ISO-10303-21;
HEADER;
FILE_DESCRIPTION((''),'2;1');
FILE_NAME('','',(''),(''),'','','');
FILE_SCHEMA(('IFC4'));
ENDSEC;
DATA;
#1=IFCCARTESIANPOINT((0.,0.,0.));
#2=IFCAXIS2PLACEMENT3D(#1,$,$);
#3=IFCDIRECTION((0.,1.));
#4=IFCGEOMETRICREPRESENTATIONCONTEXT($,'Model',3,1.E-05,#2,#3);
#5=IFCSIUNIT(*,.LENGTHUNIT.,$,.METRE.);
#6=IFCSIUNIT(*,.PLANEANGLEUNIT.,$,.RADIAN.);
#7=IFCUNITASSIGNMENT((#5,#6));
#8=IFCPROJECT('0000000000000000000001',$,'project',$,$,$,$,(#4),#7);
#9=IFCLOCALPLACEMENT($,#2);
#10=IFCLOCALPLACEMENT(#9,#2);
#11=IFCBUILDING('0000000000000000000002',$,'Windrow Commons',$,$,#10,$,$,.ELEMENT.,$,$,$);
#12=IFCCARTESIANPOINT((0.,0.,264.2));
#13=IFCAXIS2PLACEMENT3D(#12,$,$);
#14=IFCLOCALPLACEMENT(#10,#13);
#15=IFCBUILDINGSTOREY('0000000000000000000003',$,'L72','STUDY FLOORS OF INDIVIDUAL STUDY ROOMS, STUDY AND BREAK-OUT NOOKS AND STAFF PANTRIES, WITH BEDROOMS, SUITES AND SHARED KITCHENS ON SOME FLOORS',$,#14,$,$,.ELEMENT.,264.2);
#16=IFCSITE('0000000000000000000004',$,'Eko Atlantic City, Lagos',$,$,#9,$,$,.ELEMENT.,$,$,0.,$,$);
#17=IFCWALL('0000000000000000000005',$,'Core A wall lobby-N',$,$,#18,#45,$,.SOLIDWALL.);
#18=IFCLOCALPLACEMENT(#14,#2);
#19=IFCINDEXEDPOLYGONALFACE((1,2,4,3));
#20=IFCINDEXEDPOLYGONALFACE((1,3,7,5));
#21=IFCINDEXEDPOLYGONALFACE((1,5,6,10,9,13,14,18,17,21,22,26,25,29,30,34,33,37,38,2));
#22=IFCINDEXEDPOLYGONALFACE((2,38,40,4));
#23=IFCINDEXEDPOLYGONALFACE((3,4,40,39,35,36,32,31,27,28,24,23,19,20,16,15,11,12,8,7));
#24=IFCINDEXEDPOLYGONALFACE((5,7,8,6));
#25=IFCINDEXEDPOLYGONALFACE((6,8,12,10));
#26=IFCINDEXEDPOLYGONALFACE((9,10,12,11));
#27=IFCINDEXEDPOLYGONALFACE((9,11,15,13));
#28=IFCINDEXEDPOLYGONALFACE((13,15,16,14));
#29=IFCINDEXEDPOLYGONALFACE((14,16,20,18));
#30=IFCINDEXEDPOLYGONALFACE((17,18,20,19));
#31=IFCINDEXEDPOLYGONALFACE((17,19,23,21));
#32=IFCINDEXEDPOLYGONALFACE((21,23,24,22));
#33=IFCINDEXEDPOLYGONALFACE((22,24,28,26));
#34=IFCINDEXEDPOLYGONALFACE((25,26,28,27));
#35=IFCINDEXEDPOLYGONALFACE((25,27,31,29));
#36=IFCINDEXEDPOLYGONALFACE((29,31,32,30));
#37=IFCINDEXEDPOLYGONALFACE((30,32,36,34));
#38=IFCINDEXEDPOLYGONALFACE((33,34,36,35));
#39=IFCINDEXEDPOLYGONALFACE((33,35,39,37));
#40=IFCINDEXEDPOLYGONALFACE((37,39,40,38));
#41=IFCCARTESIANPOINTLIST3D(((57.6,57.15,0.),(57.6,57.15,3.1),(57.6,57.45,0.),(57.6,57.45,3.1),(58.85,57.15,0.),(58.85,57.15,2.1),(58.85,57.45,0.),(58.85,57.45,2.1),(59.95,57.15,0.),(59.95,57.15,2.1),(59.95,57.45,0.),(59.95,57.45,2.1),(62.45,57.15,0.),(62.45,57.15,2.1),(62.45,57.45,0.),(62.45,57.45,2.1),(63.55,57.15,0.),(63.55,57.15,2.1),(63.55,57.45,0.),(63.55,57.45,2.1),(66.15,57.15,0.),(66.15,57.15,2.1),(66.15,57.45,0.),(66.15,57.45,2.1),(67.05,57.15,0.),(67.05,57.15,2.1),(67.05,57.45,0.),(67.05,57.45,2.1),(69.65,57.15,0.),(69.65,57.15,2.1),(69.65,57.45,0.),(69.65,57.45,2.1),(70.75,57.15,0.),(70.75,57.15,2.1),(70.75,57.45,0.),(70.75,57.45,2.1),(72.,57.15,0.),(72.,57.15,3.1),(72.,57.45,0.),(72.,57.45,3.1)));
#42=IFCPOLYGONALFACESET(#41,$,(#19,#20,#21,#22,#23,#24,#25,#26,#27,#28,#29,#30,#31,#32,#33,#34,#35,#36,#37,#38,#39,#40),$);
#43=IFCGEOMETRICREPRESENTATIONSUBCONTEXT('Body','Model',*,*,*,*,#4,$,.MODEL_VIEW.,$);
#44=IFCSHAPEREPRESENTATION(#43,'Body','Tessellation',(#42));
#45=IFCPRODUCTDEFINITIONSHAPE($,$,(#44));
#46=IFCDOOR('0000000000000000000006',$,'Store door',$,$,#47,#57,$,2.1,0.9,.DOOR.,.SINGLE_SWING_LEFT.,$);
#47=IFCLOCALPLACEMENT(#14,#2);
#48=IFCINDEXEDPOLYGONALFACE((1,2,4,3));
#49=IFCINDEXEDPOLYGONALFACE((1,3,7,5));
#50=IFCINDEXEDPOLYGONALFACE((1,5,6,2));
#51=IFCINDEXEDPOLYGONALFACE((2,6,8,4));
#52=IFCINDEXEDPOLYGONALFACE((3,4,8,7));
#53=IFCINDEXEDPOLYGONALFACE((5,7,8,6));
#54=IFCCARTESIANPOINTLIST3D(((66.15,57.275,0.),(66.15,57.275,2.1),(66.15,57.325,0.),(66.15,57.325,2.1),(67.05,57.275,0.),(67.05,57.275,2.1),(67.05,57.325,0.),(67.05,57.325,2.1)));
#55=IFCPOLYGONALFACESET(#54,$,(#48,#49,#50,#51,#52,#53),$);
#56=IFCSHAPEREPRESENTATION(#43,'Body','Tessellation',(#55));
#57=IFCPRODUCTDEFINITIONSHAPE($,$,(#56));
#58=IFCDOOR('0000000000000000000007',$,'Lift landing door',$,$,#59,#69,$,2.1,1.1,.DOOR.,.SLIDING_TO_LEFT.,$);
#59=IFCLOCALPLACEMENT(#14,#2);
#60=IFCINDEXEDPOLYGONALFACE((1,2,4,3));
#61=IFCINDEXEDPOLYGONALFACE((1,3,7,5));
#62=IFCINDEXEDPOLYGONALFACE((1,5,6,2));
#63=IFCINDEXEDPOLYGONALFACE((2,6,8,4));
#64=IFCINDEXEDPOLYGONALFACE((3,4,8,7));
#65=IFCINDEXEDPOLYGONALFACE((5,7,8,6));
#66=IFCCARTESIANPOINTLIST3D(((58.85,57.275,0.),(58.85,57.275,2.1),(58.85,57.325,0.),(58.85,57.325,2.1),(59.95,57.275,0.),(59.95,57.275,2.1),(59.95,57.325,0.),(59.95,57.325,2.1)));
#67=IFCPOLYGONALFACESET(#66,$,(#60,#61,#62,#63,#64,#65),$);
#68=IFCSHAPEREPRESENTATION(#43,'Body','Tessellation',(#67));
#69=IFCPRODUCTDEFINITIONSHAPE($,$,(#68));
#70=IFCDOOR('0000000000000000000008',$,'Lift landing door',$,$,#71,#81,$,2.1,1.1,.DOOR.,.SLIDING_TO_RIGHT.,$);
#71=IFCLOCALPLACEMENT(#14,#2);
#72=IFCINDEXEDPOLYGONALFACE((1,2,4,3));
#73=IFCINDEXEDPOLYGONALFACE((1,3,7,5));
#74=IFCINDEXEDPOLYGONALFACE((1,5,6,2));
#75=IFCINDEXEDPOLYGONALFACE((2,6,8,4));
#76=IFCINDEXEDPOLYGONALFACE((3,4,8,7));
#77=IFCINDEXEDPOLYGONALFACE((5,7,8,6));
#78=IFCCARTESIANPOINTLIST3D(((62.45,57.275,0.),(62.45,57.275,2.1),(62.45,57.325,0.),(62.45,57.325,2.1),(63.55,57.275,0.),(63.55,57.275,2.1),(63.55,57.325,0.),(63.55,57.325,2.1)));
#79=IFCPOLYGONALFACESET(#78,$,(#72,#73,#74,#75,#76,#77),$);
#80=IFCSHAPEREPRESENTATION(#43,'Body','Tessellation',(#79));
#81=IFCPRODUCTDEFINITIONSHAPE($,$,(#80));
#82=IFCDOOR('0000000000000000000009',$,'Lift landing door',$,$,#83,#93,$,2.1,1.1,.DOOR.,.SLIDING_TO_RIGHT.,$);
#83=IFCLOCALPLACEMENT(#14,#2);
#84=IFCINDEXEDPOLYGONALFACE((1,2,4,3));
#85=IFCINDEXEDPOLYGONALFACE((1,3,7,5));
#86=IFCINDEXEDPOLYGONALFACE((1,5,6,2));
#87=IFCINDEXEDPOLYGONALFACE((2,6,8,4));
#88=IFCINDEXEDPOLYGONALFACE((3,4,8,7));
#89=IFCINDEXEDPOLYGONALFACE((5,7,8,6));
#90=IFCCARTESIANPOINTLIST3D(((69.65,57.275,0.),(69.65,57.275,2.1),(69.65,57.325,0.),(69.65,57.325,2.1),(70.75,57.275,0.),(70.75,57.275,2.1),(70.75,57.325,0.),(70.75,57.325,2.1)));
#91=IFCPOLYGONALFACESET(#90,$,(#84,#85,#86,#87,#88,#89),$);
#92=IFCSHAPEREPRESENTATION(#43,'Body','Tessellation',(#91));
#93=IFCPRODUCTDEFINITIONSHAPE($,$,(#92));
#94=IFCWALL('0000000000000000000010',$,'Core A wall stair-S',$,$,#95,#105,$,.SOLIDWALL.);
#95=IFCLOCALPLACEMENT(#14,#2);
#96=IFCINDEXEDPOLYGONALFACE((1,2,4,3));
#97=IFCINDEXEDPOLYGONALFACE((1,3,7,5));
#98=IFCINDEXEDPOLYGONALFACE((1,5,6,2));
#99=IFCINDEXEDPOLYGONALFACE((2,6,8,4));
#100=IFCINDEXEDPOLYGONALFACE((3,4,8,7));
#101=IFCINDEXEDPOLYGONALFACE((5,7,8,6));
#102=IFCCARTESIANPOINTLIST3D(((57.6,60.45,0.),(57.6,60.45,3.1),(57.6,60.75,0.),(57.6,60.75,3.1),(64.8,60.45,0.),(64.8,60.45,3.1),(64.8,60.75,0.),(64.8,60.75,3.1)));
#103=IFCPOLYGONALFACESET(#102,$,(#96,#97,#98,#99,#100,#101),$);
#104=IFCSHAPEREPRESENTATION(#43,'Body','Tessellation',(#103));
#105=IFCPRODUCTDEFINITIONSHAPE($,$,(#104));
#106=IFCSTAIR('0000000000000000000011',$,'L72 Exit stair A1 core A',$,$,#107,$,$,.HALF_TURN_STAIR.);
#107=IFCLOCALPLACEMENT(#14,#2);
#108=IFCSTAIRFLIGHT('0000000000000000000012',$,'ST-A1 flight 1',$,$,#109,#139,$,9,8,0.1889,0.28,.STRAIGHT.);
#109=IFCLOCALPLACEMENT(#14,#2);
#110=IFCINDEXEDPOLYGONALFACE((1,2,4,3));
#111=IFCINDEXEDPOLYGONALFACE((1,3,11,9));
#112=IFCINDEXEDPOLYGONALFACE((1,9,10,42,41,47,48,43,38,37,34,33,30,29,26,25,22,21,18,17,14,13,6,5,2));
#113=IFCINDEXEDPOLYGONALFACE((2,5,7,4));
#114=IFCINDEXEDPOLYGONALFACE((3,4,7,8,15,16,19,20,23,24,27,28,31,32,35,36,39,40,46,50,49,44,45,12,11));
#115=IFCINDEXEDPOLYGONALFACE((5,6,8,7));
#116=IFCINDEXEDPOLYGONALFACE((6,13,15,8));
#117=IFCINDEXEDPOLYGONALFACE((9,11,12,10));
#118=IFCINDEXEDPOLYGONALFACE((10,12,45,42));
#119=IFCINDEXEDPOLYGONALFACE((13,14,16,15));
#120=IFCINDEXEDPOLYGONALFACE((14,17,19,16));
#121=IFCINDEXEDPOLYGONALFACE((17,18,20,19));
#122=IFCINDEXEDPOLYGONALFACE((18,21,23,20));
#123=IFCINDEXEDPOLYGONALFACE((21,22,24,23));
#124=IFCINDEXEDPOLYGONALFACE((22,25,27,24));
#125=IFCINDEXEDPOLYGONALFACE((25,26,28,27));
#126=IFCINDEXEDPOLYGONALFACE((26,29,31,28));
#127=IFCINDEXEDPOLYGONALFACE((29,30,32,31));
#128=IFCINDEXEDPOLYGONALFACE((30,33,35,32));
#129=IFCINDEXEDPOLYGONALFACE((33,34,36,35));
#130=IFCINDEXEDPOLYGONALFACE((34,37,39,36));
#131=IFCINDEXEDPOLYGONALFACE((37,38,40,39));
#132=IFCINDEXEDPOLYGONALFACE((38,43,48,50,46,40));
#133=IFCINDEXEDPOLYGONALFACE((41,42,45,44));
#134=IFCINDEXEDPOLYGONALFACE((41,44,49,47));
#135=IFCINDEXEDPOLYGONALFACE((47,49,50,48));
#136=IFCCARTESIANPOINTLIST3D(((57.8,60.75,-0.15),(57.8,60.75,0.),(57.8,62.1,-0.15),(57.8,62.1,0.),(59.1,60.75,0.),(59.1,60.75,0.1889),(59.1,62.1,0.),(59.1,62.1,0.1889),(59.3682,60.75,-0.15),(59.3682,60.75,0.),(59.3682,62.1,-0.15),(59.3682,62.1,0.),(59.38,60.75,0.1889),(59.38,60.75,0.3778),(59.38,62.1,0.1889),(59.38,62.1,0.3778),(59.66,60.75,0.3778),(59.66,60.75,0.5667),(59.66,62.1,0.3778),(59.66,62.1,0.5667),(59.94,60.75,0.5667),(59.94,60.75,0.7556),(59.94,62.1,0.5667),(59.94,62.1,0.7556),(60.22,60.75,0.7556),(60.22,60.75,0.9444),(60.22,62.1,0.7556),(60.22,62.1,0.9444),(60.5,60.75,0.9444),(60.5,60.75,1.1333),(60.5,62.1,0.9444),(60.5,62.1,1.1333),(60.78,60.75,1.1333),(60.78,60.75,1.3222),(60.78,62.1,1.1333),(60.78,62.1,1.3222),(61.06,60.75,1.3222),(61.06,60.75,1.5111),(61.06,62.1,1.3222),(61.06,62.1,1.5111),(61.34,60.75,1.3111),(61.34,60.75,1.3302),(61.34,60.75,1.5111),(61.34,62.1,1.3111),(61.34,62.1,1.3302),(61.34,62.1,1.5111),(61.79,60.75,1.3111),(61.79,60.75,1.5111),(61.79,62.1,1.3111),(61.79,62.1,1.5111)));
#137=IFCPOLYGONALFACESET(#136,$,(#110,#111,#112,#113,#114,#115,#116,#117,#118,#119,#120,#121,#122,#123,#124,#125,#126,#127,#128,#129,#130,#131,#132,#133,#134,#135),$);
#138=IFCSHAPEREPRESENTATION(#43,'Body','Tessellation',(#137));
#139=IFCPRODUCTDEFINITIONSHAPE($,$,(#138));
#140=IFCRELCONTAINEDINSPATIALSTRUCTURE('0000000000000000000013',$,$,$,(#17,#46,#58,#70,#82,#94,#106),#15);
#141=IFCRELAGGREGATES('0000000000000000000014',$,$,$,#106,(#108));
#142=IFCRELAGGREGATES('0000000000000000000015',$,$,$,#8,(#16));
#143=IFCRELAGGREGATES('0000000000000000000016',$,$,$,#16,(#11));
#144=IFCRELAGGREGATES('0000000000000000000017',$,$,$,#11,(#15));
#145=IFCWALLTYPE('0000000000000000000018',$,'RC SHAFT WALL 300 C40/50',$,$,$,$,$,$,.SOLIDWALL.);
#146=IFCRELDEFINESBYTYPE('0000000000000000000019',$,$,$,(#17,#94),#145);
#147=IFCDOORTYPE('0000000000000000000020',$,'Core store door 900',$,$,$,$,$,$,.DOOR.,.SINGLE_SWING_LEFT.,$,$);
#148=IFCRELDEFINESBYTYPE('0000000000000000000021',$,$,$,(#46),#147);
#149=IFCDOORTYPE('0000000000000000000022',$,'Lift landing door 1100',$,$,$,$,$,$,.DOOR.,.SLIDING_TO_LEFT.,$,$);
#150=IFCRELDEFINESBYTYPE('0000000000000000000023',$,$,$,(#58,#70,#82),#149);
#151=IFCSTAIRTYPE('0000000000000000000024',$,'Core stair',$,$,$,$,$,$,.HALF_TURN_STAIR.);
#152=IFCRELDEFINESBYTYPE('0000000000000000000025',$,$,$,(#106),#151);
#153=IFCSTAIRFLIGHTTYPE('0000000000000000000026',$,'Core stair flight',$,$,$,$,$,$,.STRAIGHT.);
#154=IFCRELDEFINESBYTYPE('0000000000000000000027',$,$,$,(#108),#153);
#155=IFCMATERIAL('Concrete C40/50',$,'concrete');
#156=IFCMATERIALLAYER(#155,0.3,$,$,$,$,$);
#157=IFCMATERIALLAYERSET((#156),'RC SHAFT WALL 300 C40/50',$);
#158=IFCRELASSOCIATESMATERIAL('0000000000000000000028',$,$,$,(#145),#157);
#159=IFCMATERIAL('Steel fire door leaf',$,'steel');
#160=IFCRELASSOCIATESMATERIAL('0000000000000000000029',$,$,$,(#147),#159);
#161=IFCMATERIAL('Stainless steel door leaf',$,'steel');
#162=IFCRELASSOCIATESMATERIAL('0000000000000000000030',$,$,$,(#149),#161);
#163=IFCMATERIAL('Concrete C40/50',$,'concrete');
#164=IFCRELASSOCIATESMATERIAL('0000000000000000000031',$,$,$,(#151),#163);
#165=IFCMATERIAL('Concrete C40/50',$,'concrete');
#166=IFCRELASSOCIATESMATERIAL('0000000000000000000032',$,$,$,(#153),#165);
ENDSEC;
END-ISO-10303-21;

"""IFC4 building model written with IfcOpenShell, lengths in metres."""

from ifc_helpers import new_model, si_unit, direction, frame, frame_2d, origin, place, context, subcontext, project, spatial, polyline, rectangle, outline, extrude, material, layer, layer_set, type_object, element, fill, aggregate, save


model = new_model("IFC4")

# Units and contexts
model_context = context("Model", 3, precision=1e-05, world=origin(), true_north=direction((0.0, 1.0)))
body_context = subcontext(model_context, "Body", "Model", "MODEL_VIEW")
ifc_project = project(units=[si_unit("LENGTHUNIT", "METRE"), si_unit("PLANEANGLEUNIT", "RADIAN")], contexts=[model_context])

# Site, building, storey
site_placement = place(None, origin())
site = spatial("IfcSite", under=ifc_project, at=site_placement, Name="Eko Atlantic City, Lagos", CompositionType="ELEMENT", RefElevation=0.0)
building_placement = place(site_placement, origin())
building = spatial("IfcBuilding", under=site, at=building_placement, Name="Windrow Commons", CompositionType="ELEMENT")
storey_placement = place(building_placement, frame((0.0, 0.0, 264.2)))
storey = spatial("IfcBuildingStorey", under=building, at=storey_placement, Name="L72", Description="STUDY FLOORS OF INDIVIDUAL STUDY ROOMS, STUDY AND BREAK-OUT NOOKS AND STAFF PANTRIES, WITH BEDROOMS, SUITES AND SHARED KITCHENS ON SOME FLOORS", CompositionType="ELEMENT", Elevation=264.2)

# Shared definitions
ifc_material_1 = material(Name="Concrete C40/50", Category="concrete")
ifc_layer_1 = layer(ifc_material_1, 0.3)
ifc_layer_set_1 = layer_set([ifc_layer_1], Name="RC SHAFT WALL 300 C40/50")
wall_type_1 = type_object("IfcWallType", Name="RC SHAFT WALL 300 C40/50", PredefinedType="SOLIDWALL", material=ifc_layer_set_1)

# Wall, openings, doors
ifc_material_2 = material(Name="Steel fire door leaf", Category="steel")
door_type_1 = type_object("IfcDoorType", Name="Core store door 900", OperationType="SINGLE_SWING_LEFT", PredefinedType="DOOR", material=ifc_material_2)
ifc_material_3 = material(Name="Stainless steel door leaf", Category="steel")
door_type_2 = type_object("IfcDoorType", Name="Lift landing door 1100", OperationType="SLIDING_TO_LEFT", PredefinedType="DOOR", material=ifc_material_3)
wall_1_placement = place(storey_placement, frame((57.6, 57.3, 0.0), z_axis=(0.0, 0.0, 1.0), x_axis=(1.0, 0.0, 0.0)))
wall_1 = element("IfcWall", 1, at=wall_1_placement, inside=storey, type_object=wall_type_1, Name="Core A wall lobby-N", PredefinedType="SOLIDWALL", context=body_context, shape_type="SweptSolid", body=[
    extrude(rectangle(XDim=14.4, YDim=0.3, at=frame_2d((7.2, 0.0))), origin(), (0.0, 0.0, 1.0), 3.1),
])
opening_1_placement = place(wall_1_placement, frame((8.55, 0.0, 0.0)))
opening_1 = element("IfcOpeningElement", 2, at=opening_1_placement, cuts=wall_1, PredefinedType="OPENING", context=body_context, shape_type="SweptSolid", body=[
    extrude(rectangle(XDim=0.9, YDim=2.1, at=frame_2d((0.45, 1.05))), frame((0.0, 0.16, 0.0), z_axis=(0.0, -1.0, 0.0), x_axis=(1.0, 0.0, 0.0)), (0.0, 0.0, 1.0), 0.32),
])
opening_2_placement = place(wall_1_placement, frame((1.25, 0.0, 0.0)))
opening_2 = element("IfcOpeningElement", 3, at=opening_2_placement, cuts=wall_1, PredefinedType="OPENING", context=body_context, shape_type="SweptSolid", body=[
    extrude(rectangle(XDim=1.1, YDim=2.1, at=frame_2d((0.55, 1.05))), frame((0.0, 0.16, 0.0), z_axis=(0.0, -1.0, 0.0), x_axis=(1.0, 0.0, 0.0)), (0.0, 0.0, 1.0), 0.32),
])
opening_3_placement = place(wall_1_placement, frame((4.85, 0.0, 0.0)))
opening_3 = element("IfcOpeningElement", 4, at=opening_3_placement, cuts=wall_1, PredefinedType="OPENING", context=body_context, shape_type="SweptSolid", body=[
    extrude(rectangle(XDim=1.1, YDim=2.1, at=frame_2d((0.55, 1.05))), frame((0.0, 0.16, 0.0), z_axis=(0.0, -1.0, 0.0), x_axis=(1.0, 0.0, 0.0)), (0.0, 0.0, 1.0), 0.32),
])
opening_4_placement = place(wall_1_placement, frame((12.05, 0.0, 0.0)))
opening_4 = element("IfcOpeningElement", 5, at=opening_4_placement, cuts=wall_1, PredefinedType="OPENING", context=body_context, shape_type="SweptSolid", body=[
    extrude(rectangle(XDim=1.1, YDim=2.1, at=frame_2d((0.55, 1.05))), frame((0.0, 0.16, 0.0), z_axis=(0.0, -1.0, 0.0), x_axis=(1.0, 0.0, 0.0)), (0.0, 0.0, 1.0), 0.32),
])
door_1_placement = place(opening_1_placement, origin())
door_1 = element("IfcDoor", 6, at=door_1_placement, inside=storey, type_object=door_type_1, Name="Store door", OperationType="SINGLE_SWING_LEFT", OverallHeight=2.1, OverallWidth=0.9, PredefinedType="DOOR", context=body_context, shape_type="SweptSolid", body=[
    extrude(rectangle(XDim=0.9, YDim=2.1, at=frame_2d((0.45, 1.05))), frame((0.0, 0.025, 0.0), z_axis=(0.0, -1.0, 0.0), x_axis=(1.0, 0.0, 0.0)), (0.0, 0.0, 1.0), 0.05),
])
fill(opening_1, door_1)
door_2_placement = place(opening_2_placement, origin())
door_2 = element("IfcDoor", 7, at=door_2_placement, inside=storey, type_object=door_type_2, Name="Lift landing door", OperationType="SLIDING_TO_LEFT", OverallHeight=2.1, OverallWidth=1.1, PredefinedType="DOOR", context=body_context, shape_type="SweptSolid", body=[
    extrude(rectangle(XDim=1.1, YDim=2.1, at=frame_2d((0.55, 1.05))), frame((0.0, 0.025, 0.0), z_axis=(0.0, -1.0, 0.0), x_axis=(1.0, 0.0, 0.0)), (0.0, 0.0, 1.0), 0.05),
])
fill(opening_2, door_2)
door_3_placement = place(opening_3_placement, origin())
door_3 = element("IfcDoor", 8, at=door_3_placement, inside=storey, type_object=door_type_2, Name="Lift landing door", OperationType="SLIDING_TO_RIGHT", OverallHeight=2.1, OverallWidth=1.1, PredefinedType="DOOR", context=body_context, shape_type="SweptSolid", body=[
    extrude(rectangle(XDim=1.1, YDim=2.1, at=frame_2d((0.55, 1.05))), frame((0.0, 0.025, 0.0), z_axis=(0.0, -1.0, 0.0), x_axis=(1.0, 0.0, 0.0)), (0.0, 0.0, 1.0), 0.05),
])
fill(opening_3, door_3)
door_4_placement = place(opening_4_placement, origin())
door_4 = element("IfcDoor", 9, at=door_4_placement, inside=storey, type_object=door_type_2, Name="Lift landing door", OperationType="SLIDING_TO_RIGHT", OverallHeight=2.1, OverallWidth=1.1, PredefinedType="DOOR", context=body_context, shape_type="SweptSolid", body=[
    extrude(rectangle(XDim=1.1, YDim=2.1, at=frame_2d((0.55, 1.05))), frame((0.0, 0.025, 0.0), z_axis=(0.0, -1.0, 0.0), x_axis=(1.0, 0.0, 0.0)), (0.0, 0.0, 1.0), 0.05),
])
fill(opening_4, door_4)

# Wall
wall_2_placement = place(storey_placement, frame((57.6, 60.6, 0.0), z_axis=(0.0, 0.0, 1.0), x_axis=(1.0, 0.0, 0.0)))
element("IfcWall", 10, at=wall_2_placement, inside=storey, type_object=wall_type_1, Name="Core A wall stair-S", PredefinedType="SOLIDWALL", context=body_context, shape_type="SweptSolid", body=[
    extrude(rectangle(XDim=7.2, YDim=0.3, at=frame_2d((3.6, 0.0))), origin(), (0.0, 0.0, 1.0), 3.1),
])

# Stair, stair flight
ifc_material_4 = material(Name="Concrete C40/50", Category="concrete")
stair_type = type_object("IfcStairType", Name="Core stair", PredefinedType="HALF_TURN_STAIR", material=ifc_material_4)
stair_placement = place(storey_placement, origin())
stair = element("IfcStair", 11, at=stair_placement, inside=storey, type_object=stair_type, Name="L72 Exit stair A1 core A", PredefinedType="HALF_TURN_STAIR")
ifc_material_5 = material(Name="Concrete C40/50", Category="concrete")
stair_flight_type = type_object("IfcStairFlightType", Name="Core stair flight", PredefinedType="STRAIGHT", material=ifc_material_5)
stair_flight_placement = place(storey_placement, frame((59.1, 61.425, 0.0), z_axis=(0.0, 0.0, 1.0), x_axis=(1.0, 0.0, 0.0)))
stair_flight = element("IfcStairFlight", 12, at=stair_flight_placement, type_object=stair_flight_type, Name="ST-A1 flight 1", NumberOfRisers=9, NumberOfTreads=8, PredefinedType="STRAIGHT", RiserHeight=0.1889, TreadLength=0.28, context=body_context, shape_type="SweptSolid", body=[
    extrude(outline(polyline([(-1.3, -0.15), (-1.3, 0.0), (0.0, 0.0), (0.0, 0.1889), (0.28, 0.1889), (0.28, 0.3778), (0.56, 0.3778), (0.56, 0.5667), (0.84, 0.5667), (0.84, 0.7556), (1.12, 0.7556), (1.12, 0.9444), (1.4, 0.9444), (1.4, 1.1333), (1.68, 1.1333), (1.68, 1.3222), (1.96, 1.3222), (1.96, 1.5111), (2.24, 1.5111), (2.69, 1.5111), (2.69, 1.3111), (2.24, 1.3111), (2.24, 1.3302), (0.2682, 0.0), (0.2682, -0.15), (-1.3, -0.15)])), frame((0.0, 0.675, 0.0), z_axis=(0.0, -1.0, 0.0), x_axis=(1.0, 0.0, 0.0)), (0.0, 0.0, 1.0), 1.35),
])
aggregate(stair, [stair_flight])

save(model, "model.ifc")
